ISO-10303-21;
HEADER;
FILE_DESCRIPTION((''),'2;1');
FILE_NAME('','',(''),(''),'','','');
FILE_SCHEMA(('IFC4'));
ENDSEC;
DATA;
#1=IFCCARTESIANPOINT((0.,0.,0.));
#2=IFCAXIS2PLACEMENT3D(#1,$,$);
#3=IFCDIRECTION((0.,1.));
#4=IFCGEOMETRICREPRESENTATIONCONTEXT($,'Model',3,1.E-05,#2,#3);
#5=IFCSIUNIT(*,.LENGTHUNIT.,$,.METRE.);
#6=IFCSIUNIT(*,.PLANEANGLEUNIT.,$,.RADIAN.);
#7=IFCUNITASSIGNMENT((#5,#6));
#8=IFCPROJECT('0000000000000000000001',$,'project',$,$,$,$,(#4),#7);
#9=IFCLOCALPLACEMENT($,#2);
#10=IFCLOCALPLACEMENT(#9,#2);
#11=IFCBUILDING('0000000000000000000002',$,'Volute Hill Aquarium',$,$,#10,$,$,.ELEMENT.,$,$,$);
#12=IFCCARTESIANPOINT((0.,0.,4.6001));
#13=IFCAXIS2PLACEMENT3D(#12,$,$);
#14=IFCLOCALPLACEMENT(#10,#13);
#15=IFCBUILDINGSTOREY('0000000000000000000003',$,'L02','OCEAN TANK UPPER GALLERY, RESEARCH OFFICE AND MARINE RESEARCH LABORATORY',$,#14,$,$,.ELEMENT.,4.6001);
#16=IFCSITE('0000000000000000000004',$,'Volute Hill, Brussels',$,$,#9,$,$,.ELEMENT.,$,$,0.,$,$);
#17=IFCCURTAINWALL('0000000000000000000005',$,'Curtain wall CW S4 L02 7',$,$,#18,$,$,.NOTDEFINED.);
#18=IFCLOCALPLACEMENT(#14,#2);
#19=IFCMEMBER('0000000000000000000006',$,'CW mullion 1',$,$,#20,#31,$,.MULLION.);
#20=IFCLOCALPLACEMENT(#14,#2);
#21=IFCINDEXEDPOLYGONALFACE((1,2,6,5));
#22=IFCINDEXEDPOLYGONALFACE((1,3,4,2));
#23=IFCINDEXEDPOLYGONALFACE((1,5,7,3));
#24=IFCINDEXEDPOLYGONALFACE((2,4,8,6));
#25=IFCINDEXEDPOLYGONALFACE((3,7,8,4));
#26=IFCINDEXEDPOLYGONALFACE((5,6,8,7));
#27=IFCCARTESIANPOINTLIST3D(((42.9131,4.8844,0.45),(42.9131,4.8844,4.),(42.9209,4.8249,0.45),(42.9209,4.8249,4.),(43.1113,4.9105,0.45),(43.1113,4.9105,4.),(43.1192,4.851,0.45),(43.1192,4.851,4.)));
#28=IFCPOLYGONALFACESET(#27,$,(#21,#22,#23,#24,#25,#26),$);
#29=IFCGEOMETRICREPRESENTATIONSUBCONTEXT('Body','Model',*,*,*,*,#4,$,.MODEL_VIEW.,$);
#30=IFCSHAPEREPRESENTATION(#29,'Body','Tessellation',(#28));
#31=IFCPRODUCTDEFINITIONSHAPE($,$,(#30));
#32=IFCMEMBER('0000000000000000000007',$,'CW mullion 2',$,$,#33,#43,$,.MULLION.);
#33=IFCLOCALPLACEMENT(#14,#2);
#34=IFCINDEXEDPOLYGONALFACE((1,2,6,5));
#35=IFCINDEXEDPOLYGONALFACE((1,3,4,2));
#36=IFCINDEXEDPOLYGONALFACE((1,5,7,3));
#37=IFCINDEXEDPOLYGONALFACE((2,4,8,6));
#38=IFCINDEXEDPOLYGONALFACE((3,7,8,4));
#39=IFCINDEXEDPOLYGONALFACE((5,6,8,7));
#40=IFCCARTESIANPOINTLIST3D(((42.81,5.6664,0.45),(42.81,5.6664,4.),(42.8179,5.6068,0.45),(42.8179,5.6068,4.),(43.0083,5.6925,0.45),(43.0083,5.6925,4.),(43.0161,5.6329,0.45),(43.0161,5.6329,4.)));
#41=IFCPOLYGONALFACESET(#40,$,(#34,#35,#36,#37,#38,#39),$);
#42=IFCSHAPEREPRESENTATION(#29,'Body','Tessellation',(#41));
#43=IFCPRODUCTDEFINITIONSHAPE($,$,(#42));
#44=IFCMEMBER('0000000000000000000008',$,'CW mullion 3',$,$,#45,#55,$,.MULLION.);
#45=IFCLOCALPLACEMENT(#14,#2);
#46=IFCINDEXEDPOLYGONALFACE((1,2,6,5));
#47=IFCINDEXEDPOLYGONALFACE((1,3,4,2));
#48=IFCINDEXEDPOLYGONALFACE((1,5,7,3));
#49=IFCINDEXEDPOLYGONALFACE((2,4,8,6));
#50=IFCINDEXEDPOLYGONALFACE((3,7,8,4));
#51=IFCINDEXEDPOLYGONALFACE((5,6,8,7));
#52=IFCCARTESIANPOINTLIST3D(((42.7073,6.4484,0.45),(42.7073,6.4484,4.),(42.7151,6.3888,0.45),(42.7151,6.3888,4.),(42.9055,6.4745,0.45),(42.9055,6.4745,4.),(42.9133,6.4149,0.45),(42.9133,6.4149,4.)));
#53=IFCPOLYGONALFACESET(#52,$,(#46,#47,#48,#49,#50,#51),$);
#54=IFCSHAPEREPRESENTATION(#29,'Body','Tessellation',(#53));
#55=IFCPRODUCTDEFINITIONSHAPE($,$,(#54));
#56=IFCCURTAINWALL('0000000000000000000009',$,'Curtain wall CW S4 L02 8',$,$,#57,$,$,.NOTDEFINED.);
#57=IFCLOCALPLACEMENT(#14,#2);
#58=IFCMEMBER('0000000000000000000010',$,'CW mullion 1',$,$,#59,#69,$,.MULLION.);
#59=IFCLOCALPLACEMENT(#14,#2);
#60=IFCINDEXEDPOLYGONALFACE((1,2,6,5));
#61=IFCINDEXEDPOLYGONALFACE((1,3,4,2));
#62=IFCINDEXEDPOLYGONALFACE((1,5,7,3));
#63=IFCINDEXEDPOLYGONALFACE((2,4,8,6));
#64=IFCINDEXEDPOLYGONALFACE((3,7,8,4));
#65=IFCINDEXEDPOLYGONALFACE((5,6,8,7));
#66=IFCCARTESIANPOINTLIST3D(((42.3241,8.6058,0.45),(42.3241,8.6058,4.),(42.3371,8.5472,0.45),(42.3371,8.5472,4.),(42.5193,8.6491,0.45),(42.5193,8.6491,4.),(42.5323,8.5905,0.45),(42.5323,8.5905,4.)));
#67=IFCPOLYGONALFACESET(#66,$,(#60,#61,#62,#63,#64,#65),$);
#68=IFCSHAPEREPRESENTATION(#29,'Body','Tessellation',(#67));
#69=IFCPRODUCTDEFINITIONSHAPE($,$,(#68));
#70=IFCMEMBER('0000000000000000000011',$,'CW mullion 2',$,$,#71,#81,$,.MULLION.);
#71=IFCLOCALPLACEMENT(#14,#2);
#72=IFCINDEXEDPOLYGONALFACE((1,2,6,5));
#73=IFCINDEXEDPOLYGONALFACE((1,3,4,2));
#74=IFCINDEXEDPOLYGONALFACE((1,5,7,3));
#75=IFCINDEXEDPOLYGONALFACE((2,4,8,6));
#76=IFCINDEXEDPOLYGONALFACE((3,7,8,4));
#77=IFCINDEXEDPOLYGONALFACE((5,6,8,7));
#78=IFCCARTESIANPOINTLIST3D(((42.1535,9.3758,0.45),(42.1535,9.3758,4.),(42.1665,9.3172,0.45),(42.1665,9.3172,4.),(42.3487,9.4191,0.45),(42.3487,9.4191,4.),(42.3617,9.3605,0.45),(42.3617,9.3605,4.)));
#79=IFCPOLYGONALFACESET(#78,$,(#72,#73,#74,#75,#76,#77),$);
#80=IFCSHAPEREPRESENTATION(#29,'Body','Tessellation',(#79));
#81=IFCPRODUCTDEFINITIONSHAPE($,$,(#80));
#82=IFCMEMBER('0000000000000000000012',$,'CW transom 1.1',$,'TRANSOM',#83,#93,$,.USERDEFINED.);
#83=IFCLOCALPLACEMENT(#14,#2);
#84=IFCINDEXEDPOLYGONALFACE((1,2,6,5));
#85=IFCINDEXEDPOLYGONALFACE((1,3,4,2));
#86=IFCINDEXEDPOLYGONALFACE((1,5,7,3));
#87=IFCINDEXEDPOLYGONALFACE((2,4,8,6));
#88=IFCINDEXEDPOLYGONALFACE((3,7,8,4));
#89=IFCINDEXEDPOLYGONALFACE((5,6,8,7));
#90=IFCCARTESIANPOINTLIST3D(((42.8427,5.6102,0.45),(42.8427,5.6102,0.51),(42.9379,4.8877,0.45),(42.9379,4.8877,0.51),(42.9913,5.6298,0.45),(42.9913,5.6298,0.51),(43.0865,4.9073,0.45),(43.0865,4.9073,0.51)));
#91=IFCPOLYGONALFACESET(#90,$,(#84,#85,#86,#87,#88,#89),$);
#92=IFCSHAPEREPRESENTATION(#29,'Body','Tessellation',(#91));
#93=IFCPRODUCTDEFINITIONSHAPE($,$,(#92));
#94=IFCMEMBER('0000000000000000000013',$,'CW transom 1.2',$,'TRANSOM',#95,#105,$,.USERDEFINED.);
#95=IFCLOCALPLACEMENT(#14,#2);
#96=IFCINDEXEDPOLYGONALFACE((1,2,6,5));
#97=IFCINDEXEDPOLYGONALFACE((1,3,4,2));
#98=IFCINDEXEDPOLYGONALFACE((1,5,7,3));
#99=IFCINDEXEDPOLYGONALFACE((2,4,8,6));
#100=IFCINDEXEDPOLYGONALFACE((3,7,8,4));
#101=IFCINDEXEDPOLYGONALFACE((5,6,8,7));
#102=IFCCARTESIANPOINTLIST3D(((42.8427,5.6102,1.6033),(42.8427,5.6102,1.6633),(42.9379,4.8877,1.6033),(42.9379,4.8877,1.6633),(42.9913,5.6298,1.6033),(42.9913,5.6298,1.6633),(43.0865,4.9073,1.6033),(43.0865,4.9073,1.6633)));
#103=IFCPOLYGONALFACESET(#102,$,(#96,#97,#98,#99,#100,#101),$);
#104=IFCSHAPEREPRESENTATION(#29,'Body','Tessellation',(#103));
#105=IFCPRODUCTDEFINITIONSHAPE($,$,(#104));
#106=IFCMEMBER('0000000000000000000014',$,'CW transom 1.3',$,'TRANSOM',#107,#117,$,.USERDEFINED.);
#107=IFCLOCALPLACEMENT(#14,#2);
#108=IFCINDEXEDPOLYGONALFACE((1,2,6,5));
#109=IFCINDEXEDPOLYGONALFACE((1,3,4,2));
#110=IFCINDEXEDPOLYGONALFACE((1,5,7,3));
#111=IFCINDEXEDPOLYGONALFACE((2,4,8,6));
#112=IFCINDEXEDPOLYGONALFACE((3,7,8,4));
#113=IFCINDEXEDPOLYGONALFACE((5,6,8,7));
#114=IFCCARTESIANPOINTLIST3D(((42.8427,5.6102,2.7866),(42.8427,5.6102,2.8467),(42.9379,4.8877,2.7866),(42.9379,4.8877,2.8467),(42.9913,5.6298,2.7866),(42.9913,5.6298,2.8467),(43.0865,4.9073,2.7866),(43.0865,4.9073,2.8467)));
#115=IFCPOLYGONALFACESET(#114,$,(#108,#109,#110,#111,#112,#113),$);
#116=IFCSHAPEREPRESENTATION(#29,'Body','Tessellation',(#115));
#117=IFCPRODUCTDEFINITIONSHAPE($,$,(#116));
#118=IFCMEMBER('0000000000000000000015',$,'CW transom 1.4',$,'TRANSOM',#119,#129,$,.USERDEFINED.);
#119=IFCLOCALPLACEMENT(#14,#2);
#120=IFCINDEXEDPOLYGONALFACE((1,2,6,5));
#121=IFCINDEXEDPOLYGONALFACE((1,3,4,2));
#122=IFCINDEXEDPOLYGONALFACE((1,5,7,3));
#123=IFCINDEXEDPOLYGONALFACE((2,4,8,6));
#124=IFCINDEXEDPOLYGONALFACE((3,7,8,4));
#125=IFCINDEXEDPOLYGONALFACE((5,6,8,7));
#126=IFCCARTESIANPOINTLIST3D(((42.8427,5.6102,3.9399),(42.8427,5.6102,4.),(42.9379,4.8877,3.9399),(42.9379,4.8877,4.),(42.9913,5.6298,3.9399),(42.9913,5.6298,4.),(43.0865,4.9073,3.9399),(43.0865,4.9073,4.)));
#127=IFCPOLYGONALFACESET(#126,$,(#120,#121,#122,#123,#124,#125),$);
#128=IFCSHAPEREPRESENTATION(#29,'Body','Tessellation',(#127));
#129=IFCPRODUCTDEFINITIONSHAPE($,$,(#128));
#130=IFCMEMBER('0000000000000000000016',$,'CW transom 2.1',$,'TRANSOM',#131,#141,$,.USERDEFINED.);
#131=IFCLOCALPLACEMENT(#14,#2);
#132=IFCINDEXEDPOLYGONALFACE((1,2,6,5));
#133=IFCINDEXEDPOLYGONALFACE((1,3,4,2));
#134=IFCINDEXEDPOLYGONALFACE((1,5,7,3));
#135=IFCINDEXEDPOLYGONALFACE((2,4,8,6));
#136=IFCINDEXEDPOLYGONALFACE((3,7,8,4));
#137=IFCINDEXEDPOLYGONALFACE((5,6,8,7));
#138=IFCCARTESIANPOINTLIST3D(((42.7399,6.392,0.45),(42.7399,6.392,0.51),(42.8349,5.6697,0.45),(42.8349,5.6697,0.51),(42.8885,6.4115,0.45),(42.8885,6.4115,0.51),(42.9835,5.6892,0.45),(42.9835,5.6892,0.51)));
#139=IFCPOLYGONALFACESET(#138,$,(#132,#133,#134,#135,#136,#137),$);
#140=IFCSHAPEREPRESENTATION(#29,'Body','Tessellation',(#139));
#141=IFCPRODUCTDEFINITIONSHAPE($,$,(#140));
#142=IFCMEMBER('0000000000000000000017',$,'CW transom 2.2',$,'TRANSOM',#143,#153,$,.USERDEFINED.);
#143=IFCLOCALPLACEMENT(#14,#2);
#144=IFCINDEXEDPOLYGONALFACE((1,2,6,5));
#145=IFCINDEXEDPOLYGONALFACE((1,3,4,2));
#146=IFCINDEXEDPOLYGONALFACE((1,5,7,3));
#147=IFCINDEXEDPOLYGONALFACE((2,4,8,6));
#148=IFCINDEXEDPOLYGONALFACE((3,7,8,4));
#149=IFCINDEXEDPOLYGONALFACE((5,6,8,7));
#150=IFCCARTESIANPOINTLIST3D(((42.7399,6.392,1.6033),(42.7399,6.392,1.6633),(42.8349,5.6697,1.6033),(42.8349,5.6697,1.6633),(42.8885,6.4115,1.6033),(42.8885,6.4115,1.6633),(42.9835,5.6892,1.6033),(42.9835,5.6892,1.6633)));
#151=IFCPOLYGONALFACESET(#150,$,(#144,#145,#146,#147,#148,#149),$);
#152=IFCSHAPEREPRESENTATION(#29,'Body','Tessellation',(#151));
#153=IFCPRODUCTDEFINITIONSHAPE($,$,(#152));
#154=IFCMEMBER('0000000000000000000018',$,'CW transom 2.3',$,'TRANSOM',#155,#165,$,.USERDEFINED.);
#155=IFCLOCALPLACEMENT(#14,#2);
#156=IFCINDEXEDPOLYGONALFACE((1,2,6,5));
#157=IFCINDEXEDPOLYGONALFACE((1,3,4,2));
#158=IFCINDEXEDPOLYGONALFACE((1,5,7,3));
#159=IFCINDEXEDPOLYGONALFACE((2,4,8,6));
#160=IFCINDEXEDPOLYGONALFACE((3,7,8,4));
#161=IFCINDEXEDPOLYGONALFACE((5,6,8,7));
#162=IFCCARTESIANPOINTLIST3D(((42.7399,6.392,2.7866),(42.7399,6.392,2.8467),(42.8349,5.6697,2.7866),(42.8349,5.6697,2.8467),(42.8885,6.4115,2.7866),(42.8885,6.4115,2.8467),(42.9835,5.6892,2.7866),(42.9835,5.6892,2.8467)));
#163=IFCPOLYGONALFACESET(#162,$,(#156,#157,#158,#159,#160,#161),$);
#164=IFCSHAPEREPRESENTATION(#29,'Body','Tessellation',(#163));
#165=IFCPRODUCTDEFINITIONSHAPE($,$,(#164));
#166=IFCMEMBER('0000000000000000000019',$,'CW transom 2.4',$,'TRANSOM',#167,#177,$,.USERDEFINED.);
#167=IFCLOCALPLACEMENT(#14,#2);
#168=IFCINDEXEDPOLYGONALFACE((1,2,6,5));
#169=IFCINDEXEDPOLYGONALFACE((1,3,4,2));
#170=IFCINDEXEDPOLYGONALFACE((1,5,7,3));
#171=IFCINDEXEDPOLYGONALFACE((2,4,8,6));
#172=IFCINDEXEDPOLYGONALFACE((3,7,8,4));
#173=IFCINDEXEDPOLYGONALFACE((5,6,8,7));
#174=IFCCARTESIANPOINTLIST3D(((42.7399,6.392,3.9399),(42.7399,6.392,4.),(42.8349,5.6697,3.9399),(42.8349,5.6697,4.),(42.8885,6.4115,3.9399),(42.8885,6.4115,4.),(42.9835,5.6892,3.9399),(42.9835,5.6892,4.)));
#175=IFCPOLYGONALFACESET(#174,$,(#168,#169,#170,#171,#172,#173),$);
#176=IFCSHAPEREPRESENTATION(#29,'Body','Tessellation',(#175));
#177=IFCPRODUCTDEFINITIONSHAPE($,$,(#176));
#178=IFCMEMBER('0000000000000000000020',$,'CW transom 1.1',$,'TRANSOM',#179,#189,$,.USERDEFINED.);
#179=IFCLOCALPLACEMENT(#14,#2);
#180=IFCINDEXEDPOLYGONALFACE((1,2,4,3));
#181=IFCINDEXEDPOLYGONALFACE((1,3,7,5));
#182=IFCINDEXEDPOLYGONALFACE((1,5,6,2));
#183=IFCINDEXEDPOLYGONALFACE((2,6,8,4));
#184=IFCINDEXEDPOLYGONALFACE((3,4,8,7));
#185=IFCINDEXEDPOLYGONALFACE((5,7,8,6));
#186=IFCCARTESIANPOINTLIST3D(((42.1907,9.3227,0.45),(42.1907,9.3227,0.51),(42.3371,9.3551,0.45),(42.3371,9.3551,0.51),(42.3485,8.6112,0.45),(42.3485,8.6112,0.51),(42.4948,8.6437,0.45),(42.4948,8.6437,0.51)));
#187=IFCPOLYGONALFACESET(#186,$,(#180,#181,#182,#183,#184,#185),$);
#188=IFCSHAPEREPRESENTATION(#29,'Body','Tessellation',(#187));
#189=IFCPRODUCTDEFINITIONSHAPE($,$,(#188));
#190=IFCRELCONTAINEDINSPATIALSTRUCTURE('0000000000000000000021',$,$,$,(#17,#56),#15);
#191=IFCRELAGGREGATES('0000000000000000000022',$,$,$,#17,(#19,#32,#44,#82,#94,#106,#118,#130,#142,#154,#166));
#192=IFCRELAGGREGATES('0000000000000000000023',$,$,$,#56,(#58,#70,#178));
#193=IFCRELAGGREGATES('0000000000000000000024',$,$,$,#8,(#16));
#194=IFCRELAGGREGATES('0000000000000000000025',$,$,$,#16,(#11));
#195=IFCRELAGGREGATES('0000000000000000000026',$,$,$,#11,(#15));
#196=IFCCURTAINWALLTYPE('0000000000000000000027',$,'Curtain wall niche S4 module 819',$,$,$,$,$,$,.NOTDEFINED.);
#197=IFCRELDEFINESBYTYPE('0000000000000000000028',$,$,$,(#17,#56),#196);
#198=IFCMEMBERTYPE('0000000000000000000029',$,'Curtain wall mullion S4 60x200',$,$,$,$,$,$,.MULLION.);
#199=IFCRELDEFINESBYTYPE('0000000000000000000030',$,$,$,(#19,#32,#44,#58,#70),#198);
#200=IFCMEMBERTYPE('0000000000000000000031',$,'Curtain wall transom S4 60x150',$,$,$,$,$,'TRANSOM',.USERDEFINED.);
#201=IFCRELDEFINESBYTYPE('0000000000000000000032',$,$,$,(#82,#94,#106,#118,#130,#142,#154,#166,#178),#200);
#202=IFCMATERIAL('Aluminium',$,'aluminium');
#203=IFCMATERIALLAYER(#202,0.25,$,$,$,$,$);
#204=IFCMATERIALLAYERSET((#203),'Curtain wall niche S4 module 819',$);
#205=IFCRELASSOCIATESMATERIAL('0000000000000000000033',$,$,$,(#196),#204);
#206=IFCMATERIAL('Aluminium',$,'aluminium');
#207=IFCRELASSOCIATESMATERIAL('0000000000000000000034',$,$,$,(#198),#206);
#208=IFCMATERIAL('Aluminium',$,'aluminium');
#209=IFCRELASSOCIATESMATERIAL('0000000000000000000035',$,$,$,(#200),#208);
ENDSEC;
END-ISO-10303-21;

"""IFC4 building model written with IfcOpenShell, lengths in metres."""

from ifc_helpers import new_model, si_unit, direction, frame, origin, origin_2d, place, context, subcontext, project, spatial, rectangle, extrude, material, layer, layer_set, material_profile, profile_set, type_object, element, aggregate, save


model = new_model("IFC4")

# Units and contexts
model_context = context("Model", 3, precision=1e-05, world=origin(), true_north=direction((0.0, 1.0)))
body_context = subcontext(model_context, "Body", "Model", "MODEL_VIEW")
ifc_project = project(units=[si_unit("LENGTHUNIT", "METRE"), si_unit("PLANEANGLEUNIT", "RADIAN")], contexts=[model_context])

# Site, building, storey
site_placement = place(None, origin())
site = spatial("IfcSite", under=ifc_project, at=site_placement, Name="Volute Hill, Brussels", CompositionType="ELEMENT", RefElevation=0.0)
building_placement = place(site_placement, origin())
building = spatial("IfcBuilding", under=site, at=building_placement, Name="Volute Hill Aquarium", CompositionType="ELEMENT")
storey_placement = place(building_placement, frame((0.0, 0.0, 4.6001)))
storey = spatial("IfcBuildingStorey", under=building, at=storey_placement, Name="L02", Description="OCEAN TANK UPPER GALLERY, RESEARCH OFFICE AND MARINE RESEARCH LABORATORY", CompositionType="ELEMENT", Elevation=4.6001)

# Curtain walls, members
ifc_material_1 = material(Name="Aluminium", Category="aluminium")
ifc_layer_1 = layer(ifc_material_1, 0.25)
ifc_layer_set_1 = layer_set([ifc_layer_1], Name="Curtain wall niche S4 module 819")
curtain_wall_type = type_object("IfcCurtainWallType", Name="Curtain wall niche S4 module 819", PredefinedType="NOTDEFINED", material=ifc_layer_set_1)
curtain_wall_1_placement = place(storey_placement, origin())
curtain_wall_1 = element("IfcCurtainWall", 1, at=curtain_wall_1_placement, inside=storey, type_object=curtain_wall_type, Name="Curtain wall CW S4 L02 7", PredefinedType="NOTDEFINED")
ifc_material_2 = material(Name="Aluminium", Category="aluminium")
ifc_material_profile_1 = material_profile(ifc_material_2, rectangle(XDim=0.2, YDim=0.0601, at=origin_2d()), Name="Curtain wall mullion S4 60x200")
ifc_profile_set_1 = profile_set([ifc_material_profile_1], Name="Aluminium")
member_type_1 = type_object("IfcMemberType", Name="Curtain wall mullion S4 60x200", PredefinedType="MULLION", material=ifc_profile_set_1)
member_1_placement = place(storey_placement, frame((43.0161, 4.8677, 0.45), z_axis=(0.0, 0.0, 1.0), x_axis=(-0.991446, -0.130516, 0.0)))
member_1 = element("IfcMember", 2, at=member_1_placement, type_object=member_type_1, Name="CW mullion 1", PredefinedType="MULLION", context=body_context, shape_type="SweptSolid", body=[
    extrude(rectangle(XDim=0.2, YDim=0.0601, at=origin_2d()), origin(), (0.0, 0.0, 1.0), 3.55),
])
member_2_placement = place(storey_placement, frame((42.9131, 5.6497, 0.45), z_axis=(0.0, 0.0, 1.0), x_axis=(-0.991446, -0.130516, 0.0)))
member_2 = element("IfcMember", 3, at=member_2_placement, type_object=member_type_1, Name="CW mullion 2", PredefinedType="MULLION", context=body_context, shape_type="SweptSolid", body=[
    extrude(rectangle(XDim=0.2, YDim=0.0601, at=origin_2d()), origin(), (0.0, 0.0, 1.0), 3.55),
])
member_3_placement = place(storey_placement, frame((42.8103, 6.4316, 0.45), z_axis=(0.0, 0.0, 1.0), x_axis=(-0.991446, -0.130516, 0.0)))
member_3 = element("IfcMember", 4, at=member_3_placement, type_object=member_type_1, Name="CW mullion 3", PredefinedType="MULLION", context=body_context, shape_type="SweptSolid", body=[
    extrude(rectangle(XDim=0.2, YDim=0.0601, at=origin_2d()), origin(), (0.0, 0.0, 1.0), 3.55),
])
curtain_wall_2_placement = place(storey_placement, origin())
curtain_wall_2 = element("IfcCurtainWall", 5, at=curtain_wall_2_placement, inside=storey, type_object=curtain_wall_type, Name="Curtain wall CW S4 L02 8", PredefinedType="NOTDEFINED")
member_4_placement = place(storey_placement, frame((42.4282, 8.5981, 0.45), z_axis=(0.0, 0.0, 1.0), x_axis=(-0.976297, -0.216436, 0.0)))
member_4 = element("IfcMember", 6, at=member_4_placement, type_object=member_type_1, Name="CW mullion 1", PredefinedType="MULLION", context=body_context, shape_type="SweptSolid", body=[
    extrude(rectangle(XDim=0.2, YDim=0.0601, at=origin_2d()), origin(), (0.0, 0.0, 1.0), 3.55),
])
member_5_placement = place(storey_placement, frame((42.2576, 9.3682, 0.45), z_axis=(0.0, 0.0, 1.0), x_axis=(-0.976297, -0.216436, 0.0)))
member_5 = element("IfcMember", 7, at=member_5_placement, type_object=member_type_1, Name="CW mullion 2", PredefinedType="MULLION", context=body_context, shape_type="SweptSolid", body=[
    extrude(rectangle(XDim=0.2, YDim=0.0601, at=origin_2d()), origin(), (0.0, 0.0, 1.0), 3.55),
])

# Members
ifc_material_3 = material(Name="Aluminium", Category="aluminium")
ifc_material_profile_2 = material_profile(ifc_material_3, rectangle(XDim=0.1499, YDim=0.0601, at=origin_2d()), Name="Curtain wall transom S4 60x150")
ifc_profile_set_2 = profile_set([ifc_material_profile_2], Name="Aluminium")
member_type_2 = type_object("IfcMemberType", Name="Curtain wall transom S4 60x150", ElementType="TRANSOM", PredefinedType="USERDEFINED", material=ifc_profile_set_2)
member_6_placement = place(storey_placement, frame((43.0122, 4.8975, 0.48), z_axis=(-0.130671, 0.991426, 0.0), x_axis=(-0.991426, -0.130671, 0.0)))
member_6 = element("IfcMember", 8, at=member_6_placement, type_object=member_type_2, Name="CW transom 1.1", ObjectType="TRANSOM", PredefinedType="USERDEFINED", context=body_context, shape_type="SweptSolid", body=[
    extrude(rectangle(XDim=0.1499, YDim=0.0601, at=origin_2d()), origin(), (0.0, 0.0, 1.0), 0.7288),
])
member_7_placement = place(storey_placement, frame((43.0122, 4.8975, 1.6333), z_axis=(-0.130671, 0.991426, 0.0), x_axis=(-0.991426, -0.130671, 0.0)))
member_7 = element("IfcMember", 9, at=member_7_placement, type_object=member_type_2, Name="CW transom 1.2", ObjectType="TRANSOM", PredefinedType="USERDEFINED", context=body_context, shape_type="SweptSolid", body=[
    extrude(rectangle(XDim=0.1499, YDim=0.0601, at=origin_2d()), origin(), (0.0, 0.0, 1.0), 0.7288),
])
member_8_placement = place(storey_placement, frame((43.0122, 4.8975, 2.8167), z_axis=(-0.130671, 0.991426, 0.0), x_axis=(-0.991426, -0.130671, 0.0)))
member_8 = element("IfcMember", 10, at=member_8_placement, type_object=member_type_2, Name="CW transom 1.3", ObjectType="TRANSOM", PredefinedType="USERDEFINED", context=body_context, shape_type="SweptSolid", body=[
    extrude(rectangle(XDim=0.1499, YDim=0.0601, at=origin_2d()), origin(), (0.0, 0.0, 1.0), 0.7288),
])
member_9_placement = place(storey_placement, frame((43.0122, 4.8975, 3.97), z_axis=(-0.130671, 0.991426, 0.0), x_axis=(-0.991426, -0.130671, 0.0)))
member_9 = element("IfcMember", 11, at=member_9_placement, type_object=member_type_2, Name="CW transom 1.4", ObjectType="TRANSOM", PredefinedType="USERDEFINED", context=body_context, shape_type="SweptSolid", body=[
    extrude(rectangle(XDim=0.1499, YDim=0.0601, at=origin_2d()), origin(), (0.0, 0.0, 1.0), 0.7288),
])
member_10_placement = place(storey_placement, frame((42.9092, 5.6794, 0.48), z_axis=(-0.130342, 0.991469, 0.0), x_axis=(-0.991469, -0.130342, 0.0)))
member_10 = element("IfcMember", 12, at=member_10_placement, type_object=member_type_2, Name="CW transom 2.1", ObjectType="TRANSOM", PredefinedType="USERDEFINED", context=body_context, shape_type="SweptSolid", body=[
    extrude(rectangle(XDim=0.1499, YDim=0.0601, at=origin_2d()), origin(), (0.0, 0.0, 1.0), 0.7285),
])
member_11_placement = place(storey_placement, frame((42.9092, 5.6794, 1.6333), z_axis=(-0.130342, 0.991469, 0.0), x_axis=(-0.991469, -0.130342, 0.0)))
member_11 = element("IfcMember", 13, at=member_11_placement, type_object=member_type_2, Name="CW transom 2.2", ObjectType="TRANSOM", PredefinedType="USERDEFINED", context=body_context, shape_type="SweptSolid", body=[
    extrude(rectangle(XDim=0.1499, YDim=0.0601, at=origin_2d()), origin(), (0.0, 0.0, 1.0), 0.7285),
])
member_12_placement = place(storey_placement, frame((42.9092, 5.6794, 2.8167), z_axis=(-0.130342, 0.991469, 0.0), x_axis=(-0.991469, -0.130342, 0.0)))
member_12 = element("IfcMember", 14, at=member_12_placement, type_object=member_type_2, Name="CW transom 2.3", ObjectType="TRANSOM", PredefinedType="USERDEFINED", context=body_context, shape_type="SweptSolid", body=[
    extrude(rectangle(XDim=0.1499, YDim=0.0601, at=origin_2d()), origin(), (0.0, 0.0, 1.0), 0.7285),
])
member_13_placement = place(storey_placement, frame((42.9092, 5.6794, 3.97), z_axis=(-0.130342, 0.991469, 0.0), x_axis=(-0.991469, -0.130342, 0.0)))
member_13 = element("IfcMember", 15, at=member_13_placement, type_object=member_type_2, Name="CW transom 2.4", ObjectType="TRANSOM", PredefinedType="USERDEFINED", context=body_context, shape_type="SweptSolid", body=[
    extrude(rectangle(XDim=0.1499, YDim=0.0601, at=origin_2d()), origin(), (0.0, 0.0, 1.0), 0.7285),
])
member_14_placement = place(storey_placement, frame((42.4216, 8.6274, 0.48), z_axis=(-0.216434, 0.976297, 0.0), x_axis=(-0.976297, -0.216434, 0.0)))
member_14 = element("IfcMember", 16, at=member_14_placement, type_object=member_type_2, Name="CW transom 1.1", ObjectType="TRANSOM", PredefinedType="USERDEFINED", context=body_context, shape_type="SweptSolid", body=[
    extrude(rectangle(XDim=0.1499, YDim=0.0601, at=origin_2d()), origin(), (0.0, 0.0, 1.0), 0.7288),
])

aggregate(curtain_wall_1, [member_1, member_2, member_3, member_6, member_7, member_8, member_9, member_10, member_11, member_12, member_13])
aggregate(curtain_wall_2, [member_4, member_5, member_14])

save(model, "model.ifc")
